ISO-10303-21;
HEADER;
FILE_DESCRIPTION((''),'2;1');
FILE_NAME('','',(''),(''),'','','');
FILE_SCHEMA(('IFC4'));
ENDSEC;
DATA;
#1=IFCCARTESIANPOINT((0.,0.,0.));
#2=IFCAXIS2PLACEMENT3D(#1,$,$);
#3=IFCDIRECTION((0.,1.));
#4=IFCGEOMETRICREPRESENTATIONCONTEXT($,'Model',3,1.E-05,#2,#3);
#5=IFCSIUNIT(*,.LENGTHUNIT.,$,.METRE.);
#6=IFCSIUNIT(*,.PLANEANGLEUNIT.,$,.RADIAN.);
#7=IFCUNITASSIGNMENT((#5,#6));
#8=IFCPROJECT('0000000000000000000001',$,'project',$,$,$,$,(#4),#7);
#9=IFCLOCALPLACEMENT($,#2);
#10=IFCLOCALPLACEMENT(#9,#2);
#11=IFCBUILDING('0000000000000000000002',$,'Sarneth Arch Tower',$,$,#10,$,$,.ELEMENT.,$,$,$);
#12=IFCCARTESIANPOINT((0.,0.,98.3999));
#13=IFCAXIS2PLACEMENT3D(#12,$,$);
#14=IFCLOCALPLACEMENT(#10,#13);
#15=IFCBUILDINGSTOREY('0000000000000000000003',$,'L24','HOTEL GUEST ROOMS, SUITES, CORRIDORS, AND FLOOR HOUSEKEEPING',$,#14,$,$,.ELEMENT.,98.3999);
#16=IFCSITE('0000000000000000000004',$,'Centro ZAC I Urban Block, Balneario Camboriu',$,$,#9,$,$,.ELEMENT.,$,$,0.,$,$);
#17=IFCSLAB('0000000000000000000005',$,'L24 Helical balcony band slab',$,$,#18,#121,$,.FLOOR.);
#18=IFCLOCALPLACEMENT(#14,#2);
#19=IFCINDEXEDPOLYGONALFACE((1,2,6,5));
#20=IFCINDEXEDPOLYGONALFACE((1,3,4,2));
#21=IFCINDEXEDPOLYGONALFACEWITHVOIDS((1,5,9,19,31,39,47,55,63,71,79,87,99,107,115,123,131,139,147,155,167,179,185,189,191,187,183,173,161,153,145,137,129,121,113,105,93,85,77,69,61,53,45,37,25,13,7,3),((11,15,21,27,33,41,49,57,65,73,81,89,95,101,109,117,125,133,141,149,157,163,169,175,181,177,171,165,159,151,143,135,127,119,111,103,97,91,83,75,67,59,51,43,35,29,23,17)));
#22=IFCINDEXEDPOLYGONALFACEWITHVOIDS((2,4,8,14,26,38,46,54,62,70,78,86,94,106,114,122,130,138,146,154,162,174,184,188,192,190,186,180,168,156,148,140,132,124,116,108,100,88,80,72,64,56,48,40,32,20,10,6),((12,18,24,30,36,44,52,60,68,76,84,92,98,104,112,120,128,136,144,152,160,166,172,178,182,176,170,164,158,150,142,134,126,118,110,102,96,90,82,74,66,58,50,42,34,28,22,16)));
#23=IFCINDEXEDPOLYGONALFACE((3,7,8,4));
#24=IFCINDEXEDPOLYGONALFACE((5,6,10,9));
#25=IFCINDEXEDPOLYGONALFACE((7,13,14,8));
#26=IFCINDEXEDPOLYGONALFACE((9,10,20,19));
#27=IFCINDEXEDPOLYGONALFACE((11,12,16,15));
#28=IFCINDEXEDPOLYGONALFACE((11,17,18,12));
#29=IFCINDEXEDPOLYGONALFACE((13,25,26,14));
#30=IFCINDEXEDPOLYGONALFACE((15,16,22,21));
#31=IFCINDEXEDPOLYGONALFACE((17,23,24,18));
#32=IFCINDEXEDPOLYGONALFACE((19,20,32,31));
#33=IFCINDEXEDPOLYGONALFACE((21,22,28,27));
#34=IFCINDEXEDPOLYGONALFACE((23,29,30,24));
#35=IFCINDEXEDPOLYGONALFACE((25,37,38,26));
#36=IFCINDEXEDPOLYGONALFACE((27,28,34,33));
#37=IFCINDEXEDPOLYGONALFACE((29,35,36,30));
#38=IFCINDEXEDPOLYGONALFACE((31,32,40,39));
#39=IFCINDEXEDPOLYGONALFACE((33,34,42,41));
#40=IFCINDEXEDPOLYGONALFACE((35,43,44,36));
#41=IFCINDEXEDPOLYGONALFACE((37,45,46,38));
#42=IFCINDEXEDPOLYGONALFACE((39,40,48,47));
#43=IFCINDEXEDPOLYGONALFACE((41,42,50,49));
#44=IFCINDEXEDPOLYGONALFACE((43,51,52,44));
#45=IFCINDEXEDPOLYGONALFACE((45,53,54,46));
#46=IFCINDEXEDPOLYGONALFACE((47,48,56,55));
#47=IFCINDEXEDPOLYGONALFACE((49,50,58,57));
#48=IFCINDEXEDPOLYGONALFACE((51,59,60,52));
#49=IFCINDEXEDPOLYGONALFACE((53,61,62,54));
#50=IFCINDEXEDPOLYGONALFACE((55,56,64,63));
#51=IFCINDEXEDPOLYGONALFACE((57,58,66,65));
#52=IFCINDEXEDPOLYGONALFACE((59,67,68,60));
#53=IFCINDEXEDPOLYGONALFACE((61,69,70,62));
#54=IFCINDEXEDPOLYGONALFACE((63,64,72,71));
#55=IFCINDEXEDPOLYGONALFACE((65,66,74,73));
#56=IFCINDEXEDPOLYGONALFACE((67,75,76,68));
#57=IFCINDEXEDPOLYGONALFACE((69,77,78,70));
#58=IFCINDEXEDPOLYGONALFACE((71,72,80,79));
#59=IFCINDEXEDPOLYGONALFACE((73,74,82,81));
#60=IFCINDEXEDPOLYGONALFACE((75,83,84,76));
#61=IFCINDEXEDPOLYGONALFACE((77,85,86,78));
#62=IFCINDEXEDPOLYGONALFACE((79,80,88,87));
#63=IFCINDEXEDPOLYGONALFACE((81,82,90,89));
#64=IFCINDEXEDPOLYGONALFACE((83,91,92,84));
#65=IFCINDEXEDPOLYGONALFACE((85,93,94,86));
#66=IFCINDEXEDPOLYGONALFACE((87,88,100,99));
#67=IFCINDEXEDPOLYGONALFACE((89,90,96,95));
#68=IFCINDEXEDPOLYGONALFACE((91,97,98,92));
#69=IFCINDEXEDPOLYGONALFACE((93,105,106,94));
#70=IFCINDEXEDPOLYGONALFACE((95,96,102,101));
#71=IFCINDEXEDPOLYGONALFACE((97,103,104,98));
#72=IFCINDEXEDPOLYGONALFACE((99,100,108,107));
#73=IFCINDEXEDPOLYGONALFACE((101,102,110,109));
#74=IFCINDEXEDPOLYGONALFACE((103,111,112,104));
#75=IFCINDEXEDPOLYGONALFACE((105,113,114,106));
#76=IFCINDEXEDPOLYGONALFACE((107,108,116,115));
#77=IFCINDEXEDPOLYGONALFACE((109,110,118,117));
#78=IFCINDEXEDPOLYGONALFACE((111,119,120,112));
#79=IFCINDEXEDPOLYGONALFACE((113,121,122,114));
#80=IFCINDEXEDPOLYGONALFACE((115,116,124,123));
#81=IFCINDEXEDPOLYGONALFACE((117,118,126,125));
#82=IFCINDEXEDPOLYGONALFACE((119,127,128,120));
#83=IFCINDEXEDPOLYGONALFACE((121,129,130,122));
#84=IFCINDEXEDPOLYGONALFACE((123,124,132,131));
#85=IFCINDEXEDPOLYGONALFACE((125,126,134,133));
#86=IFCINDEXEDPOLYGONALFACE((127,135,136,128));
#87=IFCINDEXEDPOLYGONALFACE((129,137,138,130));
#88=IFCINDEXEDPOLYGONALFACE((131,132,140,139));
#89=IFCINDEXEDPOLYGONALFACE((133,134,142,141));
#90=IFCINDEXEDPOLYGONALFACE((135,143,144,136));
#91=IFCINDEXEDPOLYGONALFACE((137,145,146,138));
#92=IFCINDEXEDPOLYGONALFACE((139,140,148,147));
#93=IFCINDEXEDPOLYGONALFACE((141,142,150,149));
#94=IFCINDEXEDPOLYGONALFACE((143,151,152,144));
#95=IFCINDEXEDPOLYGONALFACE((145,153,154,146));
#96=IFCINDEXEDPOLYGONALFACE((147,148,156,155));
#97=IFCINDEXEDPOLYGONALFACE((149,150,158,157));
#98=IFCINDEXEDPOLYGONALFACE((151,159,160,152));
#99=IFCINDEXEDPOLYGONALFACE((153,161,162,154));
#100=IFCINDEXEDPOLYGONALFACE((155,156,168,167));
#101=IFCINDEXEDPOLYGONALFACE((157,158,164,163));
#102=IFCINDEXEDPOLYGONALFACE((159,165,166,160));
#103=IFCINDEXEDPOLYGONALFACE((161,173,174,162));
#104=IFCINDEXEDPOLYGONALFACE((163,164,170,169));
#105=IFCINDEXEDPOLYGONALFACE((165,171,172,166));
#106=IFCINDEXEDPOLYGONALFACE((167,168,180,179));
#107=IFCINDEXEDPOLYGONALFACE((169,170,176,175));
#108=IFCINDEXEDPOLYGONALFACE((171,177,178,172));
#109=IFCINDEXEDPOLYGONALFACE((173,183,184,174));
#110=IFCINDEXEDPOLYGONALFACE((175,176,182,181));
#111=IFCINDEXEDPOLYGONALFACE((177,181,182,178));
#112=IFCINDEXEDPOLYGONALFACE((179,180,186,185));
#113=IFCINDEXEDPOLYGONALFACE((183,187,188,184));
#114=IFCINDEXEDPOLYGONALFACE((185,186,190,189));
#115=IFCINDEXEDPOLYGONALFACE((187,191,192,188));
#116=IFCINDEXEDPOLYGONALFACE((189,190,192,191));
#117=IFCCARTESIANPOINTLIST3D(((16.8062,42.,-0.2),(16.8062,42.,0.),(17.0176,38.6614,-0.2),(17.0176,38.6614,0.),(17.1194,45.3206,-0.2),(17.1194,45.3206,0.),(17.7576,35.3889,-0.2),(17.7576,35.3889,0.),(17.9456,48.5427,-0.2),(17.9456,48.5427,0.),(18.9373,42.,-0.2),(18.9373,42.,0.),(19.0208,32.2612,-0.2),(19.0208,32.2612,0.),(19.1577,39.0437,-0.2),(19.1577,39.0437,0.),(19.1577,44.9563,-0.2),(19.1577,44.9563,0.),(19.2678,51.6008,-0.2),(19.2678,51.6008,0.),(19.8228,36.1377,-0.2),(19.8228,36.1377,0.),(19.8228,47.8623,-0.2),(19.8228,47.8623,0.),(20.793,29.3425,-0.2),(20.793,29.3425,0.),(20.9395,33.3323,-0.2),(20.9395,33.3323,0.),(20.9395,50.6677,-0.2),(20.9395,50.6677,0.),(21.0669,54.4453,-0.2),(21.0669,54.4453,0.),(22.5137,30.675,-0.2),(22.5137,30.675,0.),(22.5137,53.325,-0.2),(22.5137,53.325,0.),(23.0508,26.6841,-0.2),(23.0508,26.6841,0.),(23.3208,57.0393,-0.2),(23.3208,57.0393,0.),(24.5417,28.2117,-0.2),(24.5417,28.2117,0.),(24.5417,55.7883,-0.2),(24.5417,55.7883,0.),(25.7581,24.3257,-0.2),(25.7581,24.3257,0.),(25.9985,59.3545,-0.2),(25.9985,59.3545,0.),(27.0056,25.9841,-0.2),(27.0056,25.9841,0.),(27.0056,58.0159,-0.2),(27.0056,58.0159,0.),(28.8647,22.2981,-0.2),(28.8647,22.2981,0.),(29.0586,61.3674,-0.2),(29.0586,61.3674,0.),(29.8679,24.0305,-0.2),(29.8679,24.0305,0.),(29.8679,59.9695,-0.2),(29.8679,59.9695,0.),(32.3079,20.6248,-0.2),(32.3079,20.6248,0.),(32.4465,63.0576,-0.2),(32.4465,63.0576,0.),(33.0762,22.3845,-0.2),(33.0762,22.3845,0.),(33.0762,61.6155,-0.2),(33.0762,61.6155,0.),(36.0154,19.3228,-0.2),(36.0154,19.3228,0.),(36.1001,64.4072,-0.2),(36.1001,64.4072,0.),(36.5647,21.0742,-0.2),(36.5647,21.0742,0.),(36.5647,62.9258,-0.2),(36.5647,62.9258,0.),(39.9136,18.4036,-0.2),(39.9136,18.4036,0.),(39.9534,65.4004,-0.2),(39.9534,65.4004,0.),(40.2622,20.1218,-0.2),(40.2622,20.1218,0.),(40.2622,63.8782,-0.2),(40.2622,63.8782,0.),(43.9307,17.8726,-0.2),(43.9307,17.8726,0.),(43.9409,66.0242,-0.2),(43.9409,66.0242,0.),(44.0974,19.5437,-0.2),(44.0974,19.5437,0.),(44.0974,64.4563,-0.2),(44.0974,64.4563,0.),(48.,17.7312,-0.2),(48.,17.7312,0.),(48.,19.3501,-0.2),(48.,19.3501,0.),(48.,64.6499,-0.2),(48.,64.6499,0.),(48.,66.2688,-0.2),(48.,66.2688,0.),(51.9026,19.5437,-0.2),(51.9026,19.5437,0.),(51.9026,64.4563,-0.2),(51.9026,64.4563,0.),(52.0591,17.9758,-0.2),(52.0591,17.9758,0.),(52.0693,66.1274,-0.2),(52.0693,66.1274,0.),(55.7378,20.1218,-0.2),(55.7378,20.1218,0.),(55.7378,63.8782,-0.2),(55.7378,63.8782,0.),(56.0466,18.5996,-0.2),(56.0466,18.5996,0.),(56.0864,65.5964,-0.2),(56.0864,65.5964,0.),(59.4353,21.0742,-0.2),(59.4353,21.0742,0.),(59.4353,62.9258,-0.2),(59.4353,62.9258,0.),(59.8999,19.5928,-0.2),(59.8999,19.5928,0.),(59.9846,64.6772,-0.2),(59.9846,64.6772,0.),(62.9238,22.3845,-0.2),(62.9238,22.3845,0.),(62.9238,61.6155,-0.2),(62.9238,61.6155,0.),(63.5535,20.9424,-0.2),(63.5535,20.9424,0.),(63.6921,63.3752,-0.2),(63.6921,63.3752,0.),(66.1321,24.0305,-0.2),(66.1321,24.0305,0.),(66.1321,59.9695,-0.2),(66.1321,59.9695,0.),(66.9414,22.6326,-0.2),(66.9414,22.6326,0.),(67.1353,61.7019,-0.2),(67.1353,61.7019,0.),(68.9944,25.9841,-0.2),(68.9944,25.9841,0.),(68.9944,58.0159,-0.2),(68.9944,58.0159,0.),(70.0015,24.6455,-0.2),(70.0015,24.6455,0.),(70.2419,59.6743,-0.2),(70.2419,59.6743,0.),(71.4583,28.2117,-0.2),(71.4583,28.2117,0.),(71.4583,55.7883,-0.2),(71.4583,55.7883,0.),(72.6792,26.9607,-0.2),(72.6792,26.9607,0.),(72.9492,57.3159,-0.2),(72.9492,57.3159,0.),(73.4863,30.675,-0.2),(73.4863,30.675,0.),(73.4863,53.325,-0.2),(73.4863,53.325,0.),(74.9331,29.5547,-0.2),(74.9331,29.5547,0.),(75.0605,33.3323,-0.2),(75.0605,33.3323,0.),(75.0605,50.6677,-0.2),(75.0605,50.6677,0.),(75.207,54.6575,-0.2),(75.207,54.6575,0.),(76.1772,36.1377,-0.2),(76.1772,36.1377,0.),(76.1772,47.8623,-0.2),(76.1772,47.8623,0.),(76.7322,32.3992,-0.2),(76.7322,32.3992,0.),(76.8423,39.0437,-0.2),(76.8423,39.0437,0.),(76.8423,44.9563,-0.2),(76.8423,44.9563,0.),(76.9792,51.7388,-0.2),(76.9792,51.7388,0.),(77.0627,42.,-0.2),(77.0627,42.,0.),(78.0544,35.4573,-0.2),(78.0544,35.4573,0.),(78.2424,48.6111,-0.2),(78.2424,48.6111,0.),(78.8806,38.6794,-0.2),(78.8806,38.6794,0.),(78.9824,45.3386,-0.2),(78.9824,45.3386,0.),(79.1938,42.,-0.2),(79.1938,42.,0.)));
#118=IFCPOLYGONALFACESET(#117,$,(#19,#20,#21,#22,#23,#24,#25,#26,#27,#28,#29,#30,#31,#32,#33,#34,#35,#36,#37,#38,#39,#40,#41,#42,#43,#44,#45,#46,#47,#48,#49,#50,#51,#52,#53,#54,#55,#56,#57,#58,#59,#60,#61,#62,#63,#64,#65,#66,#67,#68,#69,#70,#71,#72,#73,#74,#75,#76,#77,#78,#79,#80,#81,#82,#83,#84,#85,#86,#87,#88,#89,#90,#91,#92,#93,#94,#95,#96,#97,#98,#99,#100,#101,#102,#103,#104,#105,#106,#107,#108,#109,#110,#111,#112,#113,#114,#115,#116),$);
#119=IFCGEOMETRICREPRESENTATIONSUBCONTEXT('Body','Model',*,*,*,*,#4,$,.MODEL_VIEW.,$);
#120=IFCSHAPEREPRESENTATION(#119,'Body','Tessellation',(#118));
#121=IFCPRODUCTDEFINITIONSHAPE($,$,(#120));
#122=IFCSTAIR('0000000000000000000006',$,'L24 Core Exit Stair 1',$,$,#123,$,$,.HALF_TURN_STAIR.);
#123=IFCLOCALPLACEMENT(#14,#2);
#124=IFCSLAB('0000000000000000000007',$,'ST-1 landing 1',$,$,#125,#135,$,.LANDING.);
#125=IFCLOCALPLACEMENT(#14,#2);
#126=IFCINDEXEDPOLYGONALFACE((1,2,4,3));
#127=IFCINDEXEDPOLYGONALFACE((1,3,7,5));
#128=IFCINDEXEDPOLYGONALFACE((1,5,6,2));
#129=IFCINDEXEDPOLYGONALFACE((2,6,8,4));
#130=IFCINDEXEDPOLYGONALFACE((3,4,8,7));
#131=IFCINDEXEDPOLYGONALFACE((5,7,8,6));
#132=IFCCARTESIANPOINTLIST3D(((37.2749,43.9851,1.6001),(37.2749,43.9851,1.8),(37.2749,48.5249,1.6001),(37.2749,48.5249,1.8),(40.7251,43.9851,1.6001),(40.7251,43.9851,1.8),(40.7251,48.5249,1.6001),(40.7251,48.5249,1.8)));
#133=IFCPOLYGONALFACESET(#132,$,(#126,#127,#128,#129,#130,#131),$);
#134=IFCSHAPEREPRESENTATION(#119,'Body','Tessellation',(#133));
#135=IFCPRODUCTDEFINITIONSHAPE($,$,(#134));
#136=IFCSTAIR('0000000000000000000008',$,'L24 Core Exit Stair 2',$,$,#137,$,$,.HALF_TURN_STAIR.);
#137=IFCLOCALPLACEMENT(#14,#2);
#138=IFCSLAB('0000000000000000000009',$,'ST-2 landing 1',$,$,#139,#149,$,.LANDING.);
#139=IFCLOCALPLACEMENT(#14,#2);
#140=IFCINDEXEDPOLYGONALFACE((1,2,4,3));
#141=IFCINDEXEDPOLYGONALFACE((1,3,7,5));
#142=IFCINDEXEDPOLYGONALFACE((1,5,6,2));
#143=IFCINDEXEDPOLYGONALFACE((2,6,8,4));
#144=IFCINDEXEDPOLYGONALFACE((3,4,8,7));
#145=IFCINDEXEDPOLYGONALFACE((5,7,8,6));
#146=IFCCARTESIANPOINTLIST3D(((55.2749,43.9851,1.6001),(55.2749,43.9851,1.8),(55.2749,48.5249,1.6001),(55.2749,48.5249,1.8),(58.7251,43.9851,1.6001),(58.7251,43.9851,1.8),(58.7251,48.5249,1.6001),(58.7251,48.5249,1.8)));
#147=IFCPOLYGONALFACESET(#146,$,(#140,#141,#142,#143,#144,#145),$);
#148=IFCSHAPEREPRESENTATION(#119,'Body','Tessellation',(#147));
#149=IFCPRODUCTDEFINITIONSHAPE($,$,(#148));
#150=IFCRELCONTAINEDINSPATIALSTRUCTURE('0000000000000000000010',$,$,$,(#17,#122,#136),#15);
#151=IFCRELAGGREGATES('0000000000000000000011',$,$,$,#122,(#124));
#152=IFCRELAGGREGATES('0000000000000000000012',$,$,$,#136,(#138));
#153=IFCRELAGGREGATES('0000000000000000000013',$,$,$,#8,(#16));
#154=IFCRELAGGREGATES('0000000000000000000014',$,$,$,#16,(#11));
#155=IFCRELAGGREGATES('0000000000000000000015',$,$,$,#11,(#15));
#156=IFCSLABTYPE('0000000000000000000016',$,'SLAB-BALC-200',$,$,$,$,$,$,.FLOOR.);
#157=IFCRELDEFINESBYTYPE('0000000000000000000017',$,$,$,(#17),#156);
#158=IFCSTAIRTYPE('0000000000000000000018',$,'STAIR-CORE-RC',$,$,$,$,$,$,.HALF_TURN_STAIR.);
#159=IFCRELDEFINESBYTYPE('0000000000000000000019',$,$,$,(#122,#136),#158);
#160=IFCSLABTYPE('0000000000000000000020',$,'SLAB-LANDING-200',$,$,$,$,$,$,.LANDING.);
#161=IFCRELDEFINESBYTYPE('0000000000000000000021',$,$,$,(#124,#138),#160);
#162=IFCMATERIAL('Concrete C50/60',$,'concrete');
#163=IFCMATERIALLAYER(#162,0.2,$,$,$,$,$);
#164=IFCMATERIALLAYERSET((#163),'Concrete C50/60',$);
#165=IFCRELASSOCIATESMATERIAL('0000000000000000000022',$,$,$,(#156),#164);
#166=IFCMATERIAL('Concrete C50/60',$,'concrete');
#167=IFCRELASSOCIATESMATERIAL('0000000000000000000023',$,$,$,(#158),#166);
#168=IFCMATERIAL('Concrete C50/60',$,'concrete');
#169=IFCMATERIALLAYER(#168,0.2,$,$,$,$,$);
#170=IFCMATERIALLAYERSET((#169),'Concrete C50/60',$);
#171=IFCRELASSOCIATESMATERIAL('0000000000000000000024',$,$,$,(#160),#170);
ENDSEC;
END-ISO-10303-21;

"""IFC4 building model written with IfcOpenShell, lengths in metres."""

from ifc_helpers import new_model, si_unit, direction, frame, origin, place, context, subcontext, project, spatial, polyline, outline, extrude, material, layer, layer_set, type_object, element, aggregate, save


model = new_model("IFC4")

# Units and contexts
model_context = context("Model", 3, precision=1e-05, world=origin(), true_north=direction((0.0, 1.0)))
body_context = subcontext(model_context, "Body", "Model", "MODEL_VIEW")
ifc_project = project(units=[si_unit("LENGTHUNIT", "METRE"), si_unit("PLANEANGLEUNIT", "RADIAN")], contexts=[model_context])

# Site, building, storey
site_placement = place(None, origin())
site = spatial("IfcSite", under=ifc_project, at=site_placement, Name="Centro ZAC I Urban Block, Balneario Camboriu", CompositionType="ELEMENT", RefElevation=0.0)
building_placement = place(site_placement, origin())
building = spatial("IfcBuilding", under=site, at=building_placement, Name="Sarneth Arch Tower", CompositionType="ELEMENT")
storey_placement = place(building_placement, frame((0.0, 0.0, 98.3999)))
storey = spatial("IfcBuildingStorey", under=building, at=storey_placement, Name="L24", Description="HOTEL GUEST ROOMS, SUITES, CORRIDORS, AND FLOOR HOUSEKEEPING", CompositionType="ELEMENT", Elevation=98.3999)

# Slab
ifc_material_1 = material(Name="Concrete C50/60", Category="concrete")
ifc_layer_1 = layer(ifc_material_1, 0.2)
ifc_layer_set_1 = layer_set([ifc_layer_1], Name="Concrete C50/60")
slab_type_1 = type_object("IfcSlabType", Name="SLAB-BALC-200", PredefinedType="FLOOR", material=ifc_layer_set_1)
slab_1_placement = place(storey_placement, frame((0.0, 0.0, -0.2)))
element("IfcSlab", 1, at=slab_1_placement, inside=storey, type_object=slab_type_1, Name="L24 Helical balcony band slab", PredefinedType="FLOOR", context=body_context, shape_type="SweptSolid", body=[
    extrude(outline(polyline([(79.1938, 42.0), (78.9824, 45.3386), (78.2424, 48.6111), (76.9792, 51.7388), (75.207, 54.6575), (72.9492, 57.3159), (70.2419, 59.6743), (67.1353, 61.7019), (63.6921, 63.3752), (59.9846, 64.6772), (56.0864, 65.5964), (52.0693, 66.1274), (48.0, 66.2688), (43.9409, 66.0242), (39.9534, 65.4004), (36.1001, 64.4072), (32.4465, 63.0576), (29.0586, 61.3674), (25.9985, 59.3545), (23.3208, 57.0393), (21.0669, 54.4453), (19.2678, 51.6008), (17.9456, 48.5427), (17.1194, 45.3206), (16.8062, 42.0), (17.0176, 38.6614), (17.7576, 35.3889), (19.0208, 32.2612), (20.793, 29.3425), (23.0508, 26.6841), (25.7581, 24.3257), (28.8647, 22.2981), (32.3079, 20.6248), (36.0154, 19.3228), (39.9136, 18.4036), (43.9307, 17.8726), (48.0, 17.7312), (52.0591, 17.9758), (56.0466, 18.5996), (59.8999, 19.5928), (63.5535, 20.9424), (66.9414, 22.6326), (70.0015, 24.6455), (72.6792, 26.9607), (74.9331, 29.5547), (76.7322, 32.3992), (78.0544, 35.4573), (78.8806, 38.6794), (79.1938, 42.0)]), holes=[polyline([(77.0627, 42.0), (76.8423, 44.9563), (76.1772, 47.8623), (75.0605, 50.6677), (73.4863, 53.325), (71.4583, 55.7883), (68.9944, 58.0159), (66.1321, 59.9695), (62.9238, 61.6155), (59.4353, 62.9258), (55.7378, 63.8782), (51.9026, 64.4563), (48.0, 64.6499), (44.0974, 64.4563), (40.2622, 63.8782), (36.5647, 62.9258), (33.0762, 61.6155), (29.8679, 59.9695), (27.0056, 58.0159), (24.5417, 55.7883), (22.5137, 53.325), (20.9395, 50.6677), (19.8228, 47.8623), (19.1577, 44.9563), (18.9373, 42.0), (19.1577, 39.0437), (19.8228, 36.1377), (20.9395, 33.3323), (22.5137, 30.675), (24.5417, 28.2117), (27.0056, 25.9841), (29.8679, 24.0305), (33.0762, 22.3845), (36.5647, 21.0742), (40.2622, 20.1218), (44.0974, 19.5437), (48.0, 19.3501), (51.9026, 19.5437), (55.7378, 20.1218), (59.4353, 21.0742), (62.9238, 22.3845), (66.1321, 24.0305), (68.9944, 25.9841), (71.4583, 28.2117), (73.4863, 30.675), (75.0605, 33.3323), (76.1772, 36.1377), (76.8423, 39.0437), (77.0627, 42.0)])]), origin(), (0.0, 0.0, 1.0), 0.2),
])

# Stairs, slabs
ifc_material_2 = material(Name="Concrete C50/60", Category="concrete")
stair_type = type_object("IfcStairType", Name="STAIR-CORE-RC", PredefinedType="HALF_TURN_STAIR", material=ifc_material_2)
stair_1_placement = place(storey_placement, origin())
stair_1 = element("IfcStair", 2, at=stair_1_placement, inside=storey, type_object=stair_type, Name="L24 Core Exit Stair 1", PredefinedType="HALF_TURN_STAIR")
ifc_material_3 = material(Name="Concrete C50/60", Category="concrete")
ifc_layer_2 = layer(ifc_material_3, 0.2)
ifc_layer_set_2 = layer_set([ifc_layer_2], Name="Concrete C50/60")
slab_type_2 = type_object("IfcSlabType", Name="SLAB-LANDING-200", PredefinedType="LANDING", material=ifc_layer_set_2)
slab_2_placement = place(storey_placement, frame((0.0, 0.0, 1.6001)))
slab_2 = element("IfcSlab", 3, at=slab_2_placement, type_object=slab_type_2, Name="ST-1 landing 1", PredefinedType="LANDING", context=body_context, shape_type="SweptSolid", body=[
    extrude(outline(polyline([(37.2749, 43.9851), (40.7251, 43.9851), (40.7251, 48.5249), (37.2749, 48.5249), (37.2749, 43.9851)])), origin(), (0.0, 0.0, 1.0), 0.2),
])
aggregate(stair_1, [slab_2])
stair_2_placement = place(storey_placement, origin())
stair_2 = element("IfcStair", 4, at=stair_2_placement, inside=storey, type_object=stair_type, Name="L24 Core Exit Stair 2", PredefinedType="HALF_TURN_STAIR")
slab_3_placement = place(storey_placement, frame((0.0, 0.0, 1.6001)))
slab_3 = element("IfcSlab", 5, at=slab_3_placement, type_object=slab_type_2, Name="ST-2 landing 1", PredefinedType="LANDING", context=body_context, shape_type="SweptSolid", body=[
    extrude(outline(polyline([(55.2749, 43.9851), (58.7251, 43.9851), (58.7251, 48.5249), (55.2749, 48.5249), (55.2749, 43.9851)])), origin(), (0.0, 0.0, 1.0), 0.2),
])
aggregate(stair_2, [slab_3])

save(model, "model.ifc")
